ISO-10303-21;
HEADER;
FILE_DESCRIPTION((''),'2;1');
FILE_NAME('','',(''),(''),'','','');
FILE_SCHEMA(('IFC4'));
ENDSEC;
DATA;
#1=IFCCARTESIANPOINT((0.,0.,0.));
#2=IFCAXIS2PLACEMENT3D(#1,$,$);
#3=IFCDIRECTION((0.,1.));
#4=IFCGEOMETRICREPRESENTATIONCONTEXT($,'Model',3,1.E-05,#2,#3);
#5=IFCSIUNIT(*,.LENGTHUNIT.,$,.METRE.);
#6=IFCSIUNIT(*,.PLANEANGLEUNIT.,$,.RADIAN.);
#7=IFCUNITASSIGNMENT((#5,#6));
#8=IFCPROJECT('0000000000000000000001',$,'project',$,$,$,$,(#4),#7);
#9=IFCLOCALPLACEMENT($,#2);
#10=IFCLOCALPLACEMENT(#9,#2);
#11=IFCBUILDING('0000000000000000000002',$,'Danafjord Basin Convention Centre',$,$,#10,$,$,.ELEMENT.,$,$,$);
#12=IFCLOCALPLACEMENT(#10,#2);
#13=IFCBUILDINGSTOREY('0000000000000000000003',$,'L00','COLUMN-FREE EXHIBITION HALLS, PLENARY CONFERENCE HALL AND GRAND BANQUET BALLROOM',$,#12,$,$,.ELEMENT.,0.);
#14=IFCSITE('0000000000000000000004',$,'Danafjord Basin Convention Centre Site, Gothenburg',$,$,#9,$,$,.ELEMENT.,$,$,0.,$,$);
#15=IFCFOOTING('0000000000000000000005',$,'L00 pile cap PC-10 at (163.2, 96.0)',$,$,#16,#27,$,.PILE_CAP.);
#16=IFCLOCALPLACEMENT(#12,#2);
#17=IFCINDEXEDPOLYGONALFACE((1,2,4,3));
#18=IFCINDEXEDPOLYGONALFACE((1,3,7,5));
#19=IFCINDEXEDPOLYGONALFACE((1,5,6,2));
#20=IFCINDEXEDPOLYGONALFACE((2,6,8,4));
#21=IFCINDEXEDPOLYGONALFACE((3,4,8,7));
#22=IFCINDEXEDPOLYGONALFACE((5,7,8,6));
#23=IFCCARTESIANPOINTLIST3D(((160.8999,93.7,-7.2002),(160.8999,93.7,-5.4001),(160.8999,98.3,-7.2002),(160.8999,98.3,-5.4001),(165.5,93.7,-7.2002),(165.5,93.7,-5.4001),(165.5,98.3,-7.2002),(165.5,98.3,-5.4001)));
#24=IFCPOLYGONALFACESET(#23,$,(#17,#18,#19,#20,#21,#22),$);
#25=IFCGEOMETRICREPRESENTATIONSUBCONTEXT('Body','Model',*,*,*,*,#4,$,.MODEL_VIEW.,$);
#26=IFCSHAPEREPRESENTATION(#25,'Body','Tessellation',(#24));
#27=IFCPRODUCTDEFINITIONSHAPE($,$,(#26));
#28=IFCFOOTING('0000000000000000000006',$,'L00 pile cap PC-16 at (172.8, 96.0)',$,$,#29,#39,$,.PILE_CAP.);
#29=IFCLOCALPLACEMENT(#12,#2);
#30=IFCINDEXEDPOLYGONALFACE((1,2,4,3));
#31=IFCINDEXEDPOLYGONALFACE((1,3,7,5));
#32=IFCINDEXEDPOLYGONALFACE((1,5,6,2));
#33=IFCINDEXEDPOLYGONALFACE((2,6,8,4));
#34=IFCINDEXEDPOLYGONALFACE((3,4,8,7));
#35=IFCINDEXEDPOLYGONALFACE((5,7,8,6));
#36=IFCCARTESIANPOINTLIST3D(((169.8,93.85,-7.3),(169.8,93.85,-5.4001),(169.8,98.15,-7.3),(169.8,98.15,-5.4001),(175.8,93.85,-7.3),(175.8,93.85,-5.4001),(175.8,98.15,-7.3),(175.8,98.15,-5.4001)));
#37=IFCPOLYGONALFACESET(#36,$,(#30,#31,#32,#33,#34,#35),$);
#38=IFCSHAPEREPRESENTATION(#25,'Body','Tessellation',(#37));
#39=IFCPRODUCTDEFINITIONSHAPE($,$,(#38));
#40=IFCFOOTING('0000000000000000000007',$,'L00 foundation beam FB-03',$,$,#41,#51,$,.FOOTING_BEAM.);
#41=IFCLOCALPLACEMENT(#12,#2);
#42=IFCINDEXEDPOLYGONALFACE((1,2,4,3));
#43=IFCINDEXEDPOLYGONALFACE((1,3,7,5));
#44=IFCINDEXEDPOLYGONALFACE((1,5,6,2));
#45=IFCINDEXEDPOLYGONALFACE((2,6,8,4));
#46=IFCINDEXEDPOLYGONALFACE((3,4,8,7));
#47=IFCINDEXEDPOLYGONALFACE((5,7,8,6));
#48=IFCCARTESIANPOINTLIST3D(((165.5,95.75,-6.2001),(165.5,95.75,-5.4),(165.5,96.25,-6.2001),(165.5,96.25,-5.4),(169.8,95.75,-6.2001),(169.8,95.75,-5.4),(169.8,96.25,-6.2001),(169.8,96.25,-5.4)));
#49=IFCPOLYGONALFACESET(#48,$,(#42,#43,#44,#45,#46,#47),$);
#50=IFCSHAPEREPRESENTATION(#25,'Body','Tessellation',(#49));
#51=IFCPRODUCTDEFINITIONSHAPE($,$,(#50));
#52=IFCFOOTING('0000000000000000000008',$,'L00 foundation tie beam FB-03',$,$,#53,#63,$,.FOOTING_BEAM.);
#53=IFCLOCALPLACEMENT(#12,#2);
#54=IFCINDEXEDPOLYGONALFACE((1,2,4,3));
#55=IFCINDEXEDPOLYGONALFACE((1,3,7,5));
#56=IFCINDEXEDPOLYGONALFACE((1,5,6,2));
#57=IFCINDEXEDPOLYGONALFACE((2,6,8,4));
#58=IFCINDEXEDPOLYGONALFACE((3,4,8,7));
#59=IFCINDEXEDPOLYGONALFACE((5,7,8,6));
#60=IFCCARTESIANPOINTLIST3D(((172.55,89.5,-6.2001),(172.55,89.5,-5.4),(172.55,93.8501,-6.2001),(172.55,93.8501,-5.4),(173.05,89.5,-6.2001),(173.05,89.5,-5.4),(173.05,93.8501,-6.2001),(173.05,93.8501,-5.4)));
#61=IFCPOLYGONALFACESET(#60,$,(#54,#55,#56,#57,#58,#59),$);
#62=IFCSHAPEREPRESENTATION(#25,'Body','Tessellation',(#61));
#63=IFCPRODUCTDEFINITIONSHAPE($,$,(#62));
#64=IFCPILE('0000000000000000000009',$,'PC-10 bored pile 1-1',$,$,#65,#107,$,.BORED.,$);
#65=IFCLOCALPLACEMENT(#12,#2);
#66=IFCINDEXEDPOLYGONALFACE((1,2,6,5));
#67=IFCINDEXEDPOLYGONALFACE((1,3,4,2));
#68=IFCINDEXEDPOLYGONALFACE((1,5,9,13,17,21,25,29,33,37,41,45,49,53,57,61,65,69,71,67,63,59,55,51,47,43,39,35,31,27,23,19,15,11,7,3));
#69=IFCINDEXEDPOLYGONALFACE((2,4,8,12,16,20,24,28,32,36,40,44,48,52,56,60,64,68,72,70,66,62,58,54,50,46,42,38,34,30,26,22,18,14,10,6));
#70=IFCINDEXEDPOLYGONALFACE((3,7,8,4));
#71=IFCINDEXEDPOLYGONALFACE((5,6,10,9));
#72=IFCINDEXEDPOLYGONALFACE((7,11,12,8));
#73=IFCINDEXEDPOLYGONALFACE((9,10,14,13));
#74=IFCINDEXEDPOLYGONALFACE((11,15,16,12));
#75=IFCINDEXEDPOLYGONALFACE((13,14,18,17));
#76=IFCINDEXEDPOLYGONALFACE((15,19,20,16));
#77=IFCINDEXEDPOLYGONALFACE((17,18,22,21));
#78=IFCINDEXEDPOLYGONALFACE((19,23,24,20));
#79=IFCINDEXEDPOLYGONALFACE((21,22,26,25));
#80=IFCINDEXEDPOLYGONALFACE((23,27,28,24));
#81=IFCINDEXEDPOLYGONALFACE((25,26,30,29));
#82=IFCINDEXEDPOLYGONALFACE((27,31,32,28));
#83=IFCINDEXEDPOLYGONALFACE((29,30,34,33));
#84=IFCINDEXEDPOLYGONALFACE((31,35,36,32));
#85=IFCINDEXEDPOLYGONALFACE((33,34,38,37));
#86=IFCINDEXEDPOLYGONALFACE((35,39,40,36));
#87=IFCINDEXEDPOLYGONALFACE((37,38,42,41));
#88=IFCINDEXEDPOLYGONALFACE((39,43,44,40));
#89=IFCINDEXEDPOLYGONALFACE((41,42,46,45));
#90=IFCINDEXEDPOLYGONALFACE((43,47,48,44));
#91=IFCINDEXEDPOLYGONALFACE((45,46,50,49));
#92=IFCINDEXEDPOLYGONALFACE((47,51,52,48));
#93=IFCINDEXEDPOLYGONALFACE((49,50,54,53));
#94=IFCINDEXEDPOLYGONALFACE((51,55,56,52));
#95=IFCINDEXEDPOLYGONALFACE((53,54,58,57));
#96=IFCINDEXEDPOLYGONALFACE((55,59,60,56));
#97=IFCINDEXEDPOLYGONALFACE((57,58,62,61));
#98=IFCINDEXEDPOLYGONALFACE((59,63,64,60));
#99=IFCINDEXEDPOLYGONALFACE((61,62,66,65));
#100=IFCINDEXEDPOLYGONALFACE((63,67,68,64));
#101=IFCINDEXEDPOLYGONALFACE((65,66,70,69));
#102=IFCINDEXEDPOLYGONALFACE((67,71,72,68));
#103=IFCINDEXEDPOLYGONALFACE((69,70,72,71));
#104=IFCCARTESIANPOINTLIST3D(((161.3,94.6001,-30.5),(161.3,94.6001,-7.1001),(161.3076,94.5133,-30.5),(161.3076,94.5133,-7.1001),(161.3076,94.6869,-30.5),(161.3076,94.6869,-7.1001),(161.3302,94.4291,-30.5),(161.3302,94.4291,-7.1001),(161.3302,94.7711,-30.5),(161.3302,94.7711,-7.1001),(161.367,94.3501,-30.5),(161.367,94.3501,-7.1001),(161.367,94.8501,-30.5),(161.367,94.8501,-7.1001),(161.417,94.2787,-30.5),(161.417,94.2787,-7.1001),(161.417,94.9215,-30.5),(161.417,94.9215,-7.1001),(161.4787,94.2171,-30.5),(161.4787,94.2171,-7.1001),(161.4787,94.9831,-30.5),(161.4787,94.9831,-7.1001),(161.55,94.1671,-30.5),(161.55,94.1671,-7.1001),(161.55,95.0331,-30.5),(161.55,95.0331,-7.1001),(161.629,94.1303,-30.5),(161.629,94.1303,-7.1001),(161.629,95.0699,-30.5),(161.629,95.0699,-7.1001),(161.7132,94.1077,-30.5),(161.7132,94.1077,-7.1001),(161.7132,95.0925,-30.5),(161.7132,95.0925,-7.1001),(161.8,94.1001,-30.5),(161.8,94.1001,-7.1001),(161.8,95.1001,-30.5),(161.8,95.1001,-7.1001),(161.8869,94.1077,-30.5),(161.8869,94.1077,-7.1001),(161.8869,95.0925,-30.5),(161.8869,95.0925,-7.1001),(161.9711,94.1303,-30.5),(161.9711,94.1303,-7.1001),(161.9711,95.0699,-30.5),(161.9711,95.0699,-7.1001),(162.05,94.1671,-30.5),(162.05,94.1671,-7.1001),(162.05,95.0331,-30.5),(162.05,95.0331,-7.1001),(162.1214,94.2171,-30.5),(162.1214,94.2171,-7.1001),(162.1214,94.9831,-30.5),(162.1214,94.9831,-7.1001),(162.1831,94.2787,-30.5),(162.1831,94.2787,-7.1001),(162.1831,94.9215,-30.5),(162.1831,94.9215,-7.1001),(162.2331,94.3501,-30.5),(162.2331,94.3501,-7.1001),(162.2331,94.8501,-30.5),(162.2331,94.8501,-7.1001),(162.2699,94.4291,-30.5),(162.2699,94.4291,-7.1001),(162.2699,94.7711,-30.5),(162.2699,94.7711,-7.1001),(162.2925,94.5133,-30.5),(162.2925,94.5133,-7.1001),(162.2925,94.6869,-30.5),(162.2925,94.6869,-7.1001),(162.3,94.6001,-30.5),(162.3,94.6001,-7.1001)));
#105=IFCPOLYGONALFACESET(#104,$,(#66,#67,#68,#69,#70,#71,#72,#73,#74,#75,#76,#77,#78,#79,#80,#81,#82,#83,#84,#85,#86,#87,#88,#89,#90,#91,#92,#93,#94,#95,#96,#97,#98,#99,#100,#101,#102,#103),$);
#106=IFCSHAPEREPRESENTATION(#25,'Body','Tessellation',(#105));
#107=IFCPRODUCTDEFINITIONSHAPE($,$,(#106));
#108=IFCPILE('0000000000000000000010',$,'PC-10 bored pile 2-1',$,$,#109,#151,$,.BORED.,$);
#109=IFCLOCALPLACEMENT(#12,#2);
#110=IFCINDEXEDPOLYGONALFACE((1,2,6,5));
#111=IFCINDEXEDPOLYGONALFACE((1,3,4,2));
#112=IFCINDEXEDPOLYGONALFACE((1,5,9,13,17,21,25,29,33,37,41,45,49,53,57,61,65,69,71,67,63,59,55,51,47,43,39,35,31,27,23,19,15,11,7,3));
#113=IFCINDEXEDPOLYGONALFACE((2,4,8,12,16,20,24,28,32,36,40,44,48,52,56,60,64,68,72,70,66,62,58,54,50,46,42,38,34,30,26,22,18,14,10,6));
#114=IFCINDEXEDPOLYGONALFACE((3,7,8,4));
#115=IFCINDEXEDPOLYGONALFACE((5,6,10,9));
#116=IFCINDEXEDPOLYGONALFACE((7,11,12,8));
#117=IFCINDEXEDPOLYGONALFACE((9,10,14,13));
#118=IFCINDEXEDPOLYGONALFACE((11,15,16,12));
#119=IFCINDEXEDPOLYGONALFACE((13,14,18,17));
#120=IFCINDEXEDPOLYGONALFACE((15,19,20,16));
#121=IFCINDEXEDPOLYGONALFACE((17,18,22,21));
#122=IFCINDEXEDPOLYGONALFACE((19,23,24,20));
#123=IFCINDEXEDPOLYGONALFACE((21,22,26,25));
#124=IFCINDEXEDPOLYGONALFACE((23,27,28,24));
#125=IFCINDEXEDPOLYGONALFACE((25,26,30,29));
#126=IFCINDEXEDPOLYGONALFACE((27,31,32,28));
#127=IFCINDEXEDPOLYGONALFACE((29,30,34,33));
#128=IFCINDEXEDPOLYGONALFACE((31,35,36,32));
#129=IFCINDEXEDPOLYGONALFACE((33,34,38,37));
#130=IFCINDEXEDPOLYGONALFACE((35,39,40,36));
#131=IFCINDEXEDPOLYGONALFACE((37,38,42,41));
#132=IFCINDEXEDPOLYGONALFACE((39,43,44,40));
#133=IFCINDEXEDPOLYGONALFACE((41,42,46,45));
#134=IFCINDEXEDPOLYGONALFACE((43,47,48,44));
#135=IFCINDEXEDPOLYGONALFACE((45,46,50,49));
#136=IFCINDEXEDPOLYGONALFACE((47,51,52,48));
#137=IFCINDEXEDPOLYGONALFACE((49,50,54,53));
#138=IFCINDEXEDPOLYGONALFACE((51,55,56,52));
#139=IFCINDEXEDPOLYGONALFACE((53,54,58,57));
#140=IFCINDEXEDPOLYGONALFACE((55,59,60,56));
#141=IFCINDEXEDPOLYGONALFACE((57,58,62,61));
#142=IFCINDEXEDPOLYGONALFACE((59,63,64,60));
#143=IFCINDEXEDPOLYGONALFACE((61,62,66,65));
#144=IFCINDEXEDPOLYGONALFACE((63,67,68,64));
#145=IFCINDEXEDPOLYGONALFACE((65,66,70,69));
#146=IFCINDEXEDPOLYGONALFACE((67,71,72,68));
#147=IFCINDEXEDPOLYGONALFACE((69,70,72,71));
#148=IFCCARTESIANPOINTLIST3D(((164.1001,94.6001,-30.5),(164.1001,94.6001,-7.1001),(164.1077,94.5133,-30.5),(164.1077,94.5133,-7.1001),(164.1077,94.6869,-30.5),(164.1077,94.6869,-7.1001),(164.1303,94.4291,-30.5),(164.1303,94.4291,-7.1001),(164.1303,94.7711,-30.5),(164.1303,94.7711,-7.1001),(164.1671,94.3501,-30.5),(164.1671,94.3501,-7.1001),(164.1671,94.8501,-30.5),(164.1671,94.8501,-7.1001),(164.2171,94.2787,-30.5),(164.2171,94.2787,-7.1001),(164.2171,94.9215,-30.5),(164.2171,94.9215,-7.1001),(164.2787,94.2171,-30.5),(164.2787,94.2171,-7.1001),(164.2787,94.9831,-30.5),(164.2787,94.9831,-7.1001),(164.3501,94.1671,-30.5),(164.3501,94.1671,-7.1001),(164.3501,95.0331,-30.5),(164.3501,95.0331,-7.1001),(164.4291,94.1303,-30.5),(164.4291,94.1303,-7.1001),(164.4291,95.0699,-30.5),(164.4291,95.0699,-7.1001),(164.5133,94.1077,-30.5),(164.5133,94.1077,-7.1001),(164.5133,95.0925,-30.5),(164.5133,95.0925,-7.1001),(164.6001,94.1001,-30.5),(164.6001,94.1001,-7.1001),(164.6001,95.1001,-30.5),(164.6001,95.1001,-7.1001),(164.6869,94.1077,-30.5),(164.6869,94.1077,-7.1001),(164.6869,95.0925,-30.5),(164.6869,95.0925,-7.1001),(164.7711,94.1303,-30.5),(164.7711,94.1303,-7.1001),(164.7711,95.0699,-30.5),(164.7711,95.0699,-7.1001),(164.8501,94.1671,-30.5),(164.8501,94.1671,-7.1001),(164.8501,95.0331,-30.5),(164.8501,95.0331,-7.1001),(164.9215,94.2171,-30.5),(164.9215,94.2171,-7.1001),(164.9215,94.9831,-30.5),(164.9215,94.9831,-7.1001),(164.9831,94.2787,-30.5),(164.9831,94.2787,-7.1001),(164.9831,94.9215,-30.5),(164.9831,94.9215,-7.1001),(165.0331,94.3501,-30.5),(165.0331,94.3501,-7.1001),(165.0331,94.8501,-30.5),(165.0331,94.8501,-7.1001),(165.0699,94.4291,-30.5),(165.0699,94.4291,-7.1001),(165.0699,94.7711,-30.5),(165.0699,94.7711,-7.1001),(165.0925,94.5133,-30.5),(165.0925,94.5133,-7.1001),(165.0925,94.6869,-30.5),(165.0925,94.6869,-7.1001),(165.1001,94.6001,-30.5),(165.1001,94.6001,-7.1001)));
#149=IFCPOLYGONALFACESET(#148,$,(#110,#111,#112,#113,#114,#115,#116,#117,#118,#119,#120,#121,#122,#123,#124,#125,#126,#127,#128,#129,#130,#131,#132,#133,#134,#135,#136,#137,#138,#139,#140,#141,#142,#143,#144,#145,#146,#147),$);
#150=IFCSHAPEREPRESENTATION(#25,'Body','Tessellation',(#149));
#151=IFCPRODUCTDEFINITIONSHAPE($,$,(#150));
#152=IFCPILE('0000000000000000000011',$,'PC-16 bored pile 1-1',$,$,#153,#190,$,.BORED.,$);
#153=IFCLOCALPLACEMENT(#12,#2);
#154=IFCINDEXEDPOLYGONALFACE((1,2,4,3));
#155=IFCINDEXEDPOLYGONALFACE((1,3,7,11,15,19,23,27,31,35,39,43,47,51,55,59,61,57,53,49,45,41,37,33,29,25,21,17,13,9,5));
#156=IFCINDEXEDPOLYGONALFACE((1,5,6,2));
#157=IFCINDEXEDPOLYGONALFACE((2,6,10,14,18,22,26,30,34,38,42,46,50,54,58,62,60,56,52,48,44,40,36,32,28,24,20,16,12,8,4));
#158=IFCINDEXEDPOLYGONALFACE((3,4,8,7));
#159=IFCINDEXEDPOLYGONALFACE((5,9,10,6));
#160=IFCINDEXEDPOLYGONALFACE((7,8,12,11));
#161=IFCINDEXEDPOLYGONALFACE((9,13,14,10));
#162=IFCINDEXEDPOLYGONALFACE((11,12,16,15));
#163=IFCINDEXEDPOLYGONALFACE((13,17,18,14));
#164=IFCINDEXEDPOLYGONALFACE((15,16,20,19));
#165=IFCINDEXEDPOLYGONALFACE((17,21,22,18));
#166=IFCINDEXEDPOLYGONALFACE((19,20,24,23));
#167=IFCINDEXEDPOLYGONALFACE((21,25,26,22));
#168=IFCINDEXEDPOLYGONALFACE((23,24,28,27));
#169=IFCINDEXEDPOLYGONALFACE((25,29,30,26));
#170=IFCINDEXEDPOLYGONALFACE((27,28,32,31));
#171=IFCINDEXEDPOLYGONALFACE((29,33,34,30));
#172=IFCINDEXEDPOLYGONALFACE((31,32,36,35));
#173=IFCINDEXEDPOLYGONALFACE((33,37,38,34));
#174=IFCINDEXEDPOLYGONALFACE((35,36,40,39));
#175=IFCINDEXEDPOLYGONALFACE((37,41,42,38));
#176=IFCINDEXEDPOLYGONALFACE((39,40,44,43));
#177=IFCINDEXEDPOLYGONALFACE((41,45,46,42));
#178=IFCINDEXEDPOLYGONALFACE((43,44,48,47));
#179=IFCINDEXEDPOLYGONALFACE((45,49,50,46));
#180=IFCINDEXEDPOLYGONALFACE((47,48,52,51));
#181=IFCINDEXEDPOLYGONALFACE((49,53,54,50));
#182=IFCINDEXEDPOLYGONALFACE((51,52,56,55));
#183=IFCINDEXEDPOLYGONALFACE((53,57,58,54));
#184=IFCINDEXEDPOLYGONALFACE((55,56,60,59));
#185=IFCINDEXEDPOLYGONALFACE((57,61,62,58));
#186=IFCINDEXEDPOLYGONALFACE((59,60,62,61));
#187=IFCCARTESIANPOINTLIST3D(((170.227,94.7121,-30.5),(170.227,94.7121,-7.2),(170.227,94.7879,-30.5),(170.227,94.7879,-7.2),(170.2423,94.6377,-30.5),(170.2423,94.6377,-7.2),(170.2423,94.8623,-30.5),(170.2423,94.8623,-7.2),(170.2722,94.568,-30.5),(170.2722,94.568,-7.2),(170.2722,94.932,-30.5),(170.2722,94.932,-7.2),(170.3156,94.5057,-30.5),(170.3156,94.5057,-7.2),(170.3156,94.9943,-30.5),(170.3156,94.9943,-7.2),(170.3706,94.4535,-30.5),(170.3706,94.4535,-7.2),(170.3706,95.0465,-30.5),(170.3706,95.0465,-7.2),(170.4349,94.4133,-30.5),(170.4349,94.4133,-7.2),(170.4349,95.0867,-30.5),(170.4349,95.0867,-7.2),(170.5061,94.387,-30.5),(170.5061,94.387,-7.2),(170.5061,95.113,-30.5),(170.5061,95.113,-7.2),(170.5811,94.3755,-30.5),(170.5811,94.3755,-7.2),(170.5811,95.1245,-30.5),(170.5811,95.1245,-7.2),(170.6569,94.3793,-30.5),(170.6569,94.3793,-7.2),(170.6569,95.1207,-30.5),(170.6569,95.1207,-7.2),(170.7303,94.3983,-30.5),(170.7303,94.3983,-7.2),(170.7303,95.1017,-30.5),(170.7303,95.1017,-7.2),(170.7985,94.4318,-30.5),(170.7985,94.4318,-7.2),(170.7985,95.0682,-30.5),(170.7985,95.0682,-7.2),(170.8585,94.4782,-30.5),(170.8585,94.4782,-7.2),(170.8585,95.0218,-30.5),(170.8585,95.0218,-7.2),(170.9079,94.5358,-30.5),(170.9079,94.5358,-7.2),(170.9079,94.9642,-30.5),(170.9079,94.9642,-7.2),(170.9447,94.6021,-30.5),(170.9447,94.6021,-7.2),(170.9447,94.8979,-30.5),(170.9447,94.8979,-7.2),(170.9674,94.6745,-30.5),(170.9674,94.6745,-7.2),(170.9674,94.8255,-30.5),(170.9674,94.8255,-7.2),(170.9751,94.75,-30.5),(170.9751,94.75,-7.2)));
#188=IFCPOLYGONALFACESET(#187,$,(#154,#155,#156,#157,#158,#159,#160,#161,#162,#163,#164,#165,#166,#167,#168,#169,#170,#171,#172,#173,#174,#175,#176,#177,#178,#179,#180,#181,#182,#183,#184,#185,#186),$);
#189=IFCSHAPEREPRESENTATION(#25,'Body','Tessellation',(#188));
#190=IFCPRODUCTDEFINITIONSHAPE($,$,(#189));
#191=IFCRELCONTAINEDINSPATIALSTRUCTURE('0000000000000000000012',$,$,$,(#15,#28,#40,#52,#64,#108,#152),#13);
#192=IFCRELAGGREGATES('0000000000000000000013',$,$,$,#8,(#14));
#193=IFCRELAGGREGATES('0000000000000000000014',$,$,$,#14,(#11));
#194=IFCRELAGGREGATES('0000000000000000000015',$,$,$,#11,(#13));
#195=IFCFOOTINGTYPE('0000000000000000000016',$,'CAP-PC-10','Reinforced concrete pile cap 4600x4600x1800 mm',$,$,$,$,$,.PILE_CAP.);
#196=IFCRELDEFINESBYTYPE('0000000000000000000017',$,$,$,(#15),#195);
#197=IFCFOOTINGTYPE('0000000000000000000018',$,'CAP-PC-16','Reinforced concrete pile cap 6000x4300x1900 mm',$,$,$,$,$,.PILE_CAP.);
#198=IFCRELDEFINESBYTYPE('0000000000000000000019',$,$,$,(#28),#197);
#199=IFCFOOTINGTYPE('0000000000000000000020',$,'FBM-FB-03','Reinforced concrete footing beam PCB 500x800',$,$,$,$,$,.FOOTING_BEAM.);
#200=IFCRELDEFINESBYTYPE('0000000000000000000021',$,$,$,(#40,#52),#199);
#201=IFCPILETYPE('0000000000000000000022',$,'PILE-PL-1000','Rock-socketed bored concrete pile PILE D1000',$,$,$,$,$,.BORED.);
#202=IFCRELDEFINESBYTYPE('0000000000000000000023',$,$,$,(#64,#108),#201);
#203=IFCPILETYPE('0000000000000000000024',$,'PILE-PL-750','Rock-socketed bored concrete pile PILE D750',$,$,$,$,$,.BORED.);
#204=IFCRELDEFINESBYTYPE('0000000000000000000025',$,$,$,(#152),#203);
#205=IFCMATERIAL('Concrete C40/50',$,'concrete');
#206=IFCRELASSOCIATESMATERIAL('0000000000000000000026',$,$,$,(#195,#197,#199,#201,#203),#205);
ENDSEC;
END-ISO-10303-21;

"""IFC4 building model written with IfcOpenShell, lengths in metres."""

from ifc_helpers import new_model, si_unit, direction, frame, origin, origin_2d, place, context, subcontext, project, spatial, rectangle, circle, extrude, material, material_profile, profile_set, type_object, element, save


model = new_model("IFC4")

# Units and contexts
model_context = context("Model", 3, precision=1e-05, world=origin(), true_north=direction((0.0, 1.0)))
body_context = subcontext(model_context, "Body", "Model", "MODEL_VIEW")
ifc_project = project(units=[si_unit("LENGTHUNIT", "METRE"), si_unit("PLANEANGLEUNIT", "RADIAN")], contexts=[model_context])

# Site, building, storey
site_placement = place(None, origin())
site = spatial("IfcSite", under=ifc_project, at=site_placement, Name="Danafjord Basin Convention Centre Site, Gothenburg", CompositionType="ELEMENT", RefElevation=0.0)
building_placement = place(site_placement, origin())
building = spatial("IfcBuilding", under=site, at=building_placement, Name="Danafjord Basin Convention Centre", CompositionType="ELEMENT")
storey_placement = place(building_placement, origin())
storey = spatial("IfcBuildingStorey", under=building, at=storey_placement, Name="L00", Description="COLUMN-FREE EXHIBITION HALLS, PLENARY CONFERENCE HALL AND GRAND BANQUET BALLROOM", CompositionType="ELEMENT", Elevation=0.0)

# Footings
ifc_material_1 = material(Name="Concrete C40/50", Category="concrete")
footing_type_1 = type_object("IfcFootingType", Name="CAP-PC-10", Description="Reinforced concrete pile cap 4600x4600x1800 mm", PredefinedType="PILE_CAP", material=ifc_material_1)
footing_1_placement = place(storey_placement, frame((163.2, 96.0, -7.2002), z_axis=(0.0, 0.0, 1.0), x_axis=(1.0, 0.0, 0.0)))
element("IfcFooting", 1, at=footing_1_placement, inside=storey, type_object=footing_type_1, Name="L00 pile cap PC-10 at (163.2, 96.0)", PredefinedType="PILE_CAP", context=body_context, shape_type="SweptSolid", body=[
    extrude(rectangle(XDim=4.6001, YDim=4.6001, at=origin_2d()), origin(), (0.0, 0.0, 1.0), 1.8),
])
footing_type_2 = type_object("IfcFootingType", Name="CAP-PC-16", Description="Reinforced concrete pile cap 6000x4300x1900 mm", PredefinedType="PILE_CAP", material=ifc_material_1)
footing_2_placement = place(storey_placement, frame((172.8, 96.0, -7.3), z_axis=(0.0, 0.0, 1.0), x_axis=(1.0, 0.0, 0.0)))
element("IfcFooting", 2, at=footing_2_placement, inside=storey, type_object=footing_type_2, Name="L00 pile cap PC-16 at (172.8, 96.0)", PredefinedType="PILE_CAP", context=body_context, shape_type="SweptSolid", body=[
    extrude(rectangle(XDim=6.0, YDim=4.3, at=origin_2d()), origin(), (0.0, 0.0, 1.0), 1.8999),
])
ifc_material_profile_1 = material_profile(ifc_material_1, rectangle(XDim=0.5, YDim=0.8, at=origin_2d()), Name="PCB 500x800")
ifc_profile_set_1 = profile_set([ifc_material_profile_1], Name="Concrete C40/50")
footing_type_3 = type_object("IfcFootingType", Name="FBM-FB-03", Description="Reinforced concrete footing beam PCB 500x800", PredefinedType="FOOTING_BEAM", material=ifc_profile_set_1)
footing_3_placement = place(storey_placement, frame((165.5, 96.0, -5.8), z_axis=(1.0, 0.0, 0.0), x_axis=(0.0, 1.0, 0.0)))
element("IfcFooting", 3, at=footing_3_placement, inside=storey, type_object=footing_type_3, Name="L00 foundation beam FB-03", PredefinedType="FOOTING_BEAM", context=body_context, shape_type="SweptSolid", body=[
    extrude(rectangle(XDim=0.5, YDim=0.8, at=origin_2d()), origin(), (0.0, 0.0, 1.0), 4.3),
])
footing_4_placement = place(storey_placement, frame((172.8, 89.5, -5.8), z_axis=(0.0, 1.0, 0.0), x_axis=(-1.0, 0.0, 0.0)))
element("IfcFooting", 4, at=footing_4_placement, inside=storey, type_object=footing_type_3, Name="L00 foundation tie beam FB-03", PredefinedType="FOOTING_BEAM", context=body_context, shape_type="SweptSolid", body=[
    extrude(rectangle(XDim=0.5, YDim=0.8, at=origin_2d()), origin(), (0.0, 0.0, 1.0), 4.3501),
])

# Piles
ifc_material_profile_2 = material_profile(ifc_material_1, circle(Radius=0.5, at=origin_2d()), Name="PILE D1000")
ifc_profile_set_2 = profile_set([ifc_material_profile_2], Name="Concrete C40/50")
pile_type_1 = type_object("IfcPileType", Name="PILE-PL-1000", Description="Rock-socketed bored concrete pile PILE D1000", PredefinedType="BORED", material=ifc_profile_set_2)
for number, where, z_axis, x_axis, name in (
    (5, (161.8, 94.6001, -7.1001), (0.0, 0.0, -1.0), (1.0, 0.0, 0.0), "PC-10 bored pile 1-1"),
    (6, (164.6001, 94.6001, -7.1001), (0.0, 0.0, -1.0), (1.0, 0.0, 0.0), "PC-10 bored pile 2-1"),
):
    element("IfcPile", number, at=place(storey_placement, frame(where, z_axis=z_axis, x_axis=x_axis)), inside=storey, type_object=pile_type_1, Name=name, PredefinedType="BORED", context=body_context, shape_type="SweptSolid", body=[
        extrude(circle(Radius=0.5, at=origin_2d()), origin(), (0.0, 0.0, 1.0), 23.3999),
    ])
ifc_material_profile_3 = material_profile(ifc_material_1, circle(Radius=0.375, at=origin_2d()), Name="PILE D750")
ifc_profile_set_3 = profile_set([ifc_material_profile_3], Name="Concrete C40/50")
pile_type_2 = type_object("IfcPileType", Name="PILE-PL-750", Description="Rock-socketed bored concrete pile PILE D750", PredefinedType="BORED", material=ifc_profile_set_3)
for number, where, z_axis, x_axis, name in (
    (7, (170.6001, 94.75, -7.2), (0.0, 0.0, -1.0), (1.0, 0.0, 0.0), "PC-16 bored pile 1-1"),
):
    element("IfcPile", number, at=place(storey_placement, frame(where, z_axis=z_axis, x_axis=x_axis)), inside=storey, type_object=pile_type_2, Name=name, PredefinedType="BORED", context=body_context, shape_type="SweptSolid", body=[
        extrude(circle(Radius=0.375, at=origin_2d()), origin(), (0.0, 0.0, 1.0), 23.3),
    ])

save(model, "model.ifc")
